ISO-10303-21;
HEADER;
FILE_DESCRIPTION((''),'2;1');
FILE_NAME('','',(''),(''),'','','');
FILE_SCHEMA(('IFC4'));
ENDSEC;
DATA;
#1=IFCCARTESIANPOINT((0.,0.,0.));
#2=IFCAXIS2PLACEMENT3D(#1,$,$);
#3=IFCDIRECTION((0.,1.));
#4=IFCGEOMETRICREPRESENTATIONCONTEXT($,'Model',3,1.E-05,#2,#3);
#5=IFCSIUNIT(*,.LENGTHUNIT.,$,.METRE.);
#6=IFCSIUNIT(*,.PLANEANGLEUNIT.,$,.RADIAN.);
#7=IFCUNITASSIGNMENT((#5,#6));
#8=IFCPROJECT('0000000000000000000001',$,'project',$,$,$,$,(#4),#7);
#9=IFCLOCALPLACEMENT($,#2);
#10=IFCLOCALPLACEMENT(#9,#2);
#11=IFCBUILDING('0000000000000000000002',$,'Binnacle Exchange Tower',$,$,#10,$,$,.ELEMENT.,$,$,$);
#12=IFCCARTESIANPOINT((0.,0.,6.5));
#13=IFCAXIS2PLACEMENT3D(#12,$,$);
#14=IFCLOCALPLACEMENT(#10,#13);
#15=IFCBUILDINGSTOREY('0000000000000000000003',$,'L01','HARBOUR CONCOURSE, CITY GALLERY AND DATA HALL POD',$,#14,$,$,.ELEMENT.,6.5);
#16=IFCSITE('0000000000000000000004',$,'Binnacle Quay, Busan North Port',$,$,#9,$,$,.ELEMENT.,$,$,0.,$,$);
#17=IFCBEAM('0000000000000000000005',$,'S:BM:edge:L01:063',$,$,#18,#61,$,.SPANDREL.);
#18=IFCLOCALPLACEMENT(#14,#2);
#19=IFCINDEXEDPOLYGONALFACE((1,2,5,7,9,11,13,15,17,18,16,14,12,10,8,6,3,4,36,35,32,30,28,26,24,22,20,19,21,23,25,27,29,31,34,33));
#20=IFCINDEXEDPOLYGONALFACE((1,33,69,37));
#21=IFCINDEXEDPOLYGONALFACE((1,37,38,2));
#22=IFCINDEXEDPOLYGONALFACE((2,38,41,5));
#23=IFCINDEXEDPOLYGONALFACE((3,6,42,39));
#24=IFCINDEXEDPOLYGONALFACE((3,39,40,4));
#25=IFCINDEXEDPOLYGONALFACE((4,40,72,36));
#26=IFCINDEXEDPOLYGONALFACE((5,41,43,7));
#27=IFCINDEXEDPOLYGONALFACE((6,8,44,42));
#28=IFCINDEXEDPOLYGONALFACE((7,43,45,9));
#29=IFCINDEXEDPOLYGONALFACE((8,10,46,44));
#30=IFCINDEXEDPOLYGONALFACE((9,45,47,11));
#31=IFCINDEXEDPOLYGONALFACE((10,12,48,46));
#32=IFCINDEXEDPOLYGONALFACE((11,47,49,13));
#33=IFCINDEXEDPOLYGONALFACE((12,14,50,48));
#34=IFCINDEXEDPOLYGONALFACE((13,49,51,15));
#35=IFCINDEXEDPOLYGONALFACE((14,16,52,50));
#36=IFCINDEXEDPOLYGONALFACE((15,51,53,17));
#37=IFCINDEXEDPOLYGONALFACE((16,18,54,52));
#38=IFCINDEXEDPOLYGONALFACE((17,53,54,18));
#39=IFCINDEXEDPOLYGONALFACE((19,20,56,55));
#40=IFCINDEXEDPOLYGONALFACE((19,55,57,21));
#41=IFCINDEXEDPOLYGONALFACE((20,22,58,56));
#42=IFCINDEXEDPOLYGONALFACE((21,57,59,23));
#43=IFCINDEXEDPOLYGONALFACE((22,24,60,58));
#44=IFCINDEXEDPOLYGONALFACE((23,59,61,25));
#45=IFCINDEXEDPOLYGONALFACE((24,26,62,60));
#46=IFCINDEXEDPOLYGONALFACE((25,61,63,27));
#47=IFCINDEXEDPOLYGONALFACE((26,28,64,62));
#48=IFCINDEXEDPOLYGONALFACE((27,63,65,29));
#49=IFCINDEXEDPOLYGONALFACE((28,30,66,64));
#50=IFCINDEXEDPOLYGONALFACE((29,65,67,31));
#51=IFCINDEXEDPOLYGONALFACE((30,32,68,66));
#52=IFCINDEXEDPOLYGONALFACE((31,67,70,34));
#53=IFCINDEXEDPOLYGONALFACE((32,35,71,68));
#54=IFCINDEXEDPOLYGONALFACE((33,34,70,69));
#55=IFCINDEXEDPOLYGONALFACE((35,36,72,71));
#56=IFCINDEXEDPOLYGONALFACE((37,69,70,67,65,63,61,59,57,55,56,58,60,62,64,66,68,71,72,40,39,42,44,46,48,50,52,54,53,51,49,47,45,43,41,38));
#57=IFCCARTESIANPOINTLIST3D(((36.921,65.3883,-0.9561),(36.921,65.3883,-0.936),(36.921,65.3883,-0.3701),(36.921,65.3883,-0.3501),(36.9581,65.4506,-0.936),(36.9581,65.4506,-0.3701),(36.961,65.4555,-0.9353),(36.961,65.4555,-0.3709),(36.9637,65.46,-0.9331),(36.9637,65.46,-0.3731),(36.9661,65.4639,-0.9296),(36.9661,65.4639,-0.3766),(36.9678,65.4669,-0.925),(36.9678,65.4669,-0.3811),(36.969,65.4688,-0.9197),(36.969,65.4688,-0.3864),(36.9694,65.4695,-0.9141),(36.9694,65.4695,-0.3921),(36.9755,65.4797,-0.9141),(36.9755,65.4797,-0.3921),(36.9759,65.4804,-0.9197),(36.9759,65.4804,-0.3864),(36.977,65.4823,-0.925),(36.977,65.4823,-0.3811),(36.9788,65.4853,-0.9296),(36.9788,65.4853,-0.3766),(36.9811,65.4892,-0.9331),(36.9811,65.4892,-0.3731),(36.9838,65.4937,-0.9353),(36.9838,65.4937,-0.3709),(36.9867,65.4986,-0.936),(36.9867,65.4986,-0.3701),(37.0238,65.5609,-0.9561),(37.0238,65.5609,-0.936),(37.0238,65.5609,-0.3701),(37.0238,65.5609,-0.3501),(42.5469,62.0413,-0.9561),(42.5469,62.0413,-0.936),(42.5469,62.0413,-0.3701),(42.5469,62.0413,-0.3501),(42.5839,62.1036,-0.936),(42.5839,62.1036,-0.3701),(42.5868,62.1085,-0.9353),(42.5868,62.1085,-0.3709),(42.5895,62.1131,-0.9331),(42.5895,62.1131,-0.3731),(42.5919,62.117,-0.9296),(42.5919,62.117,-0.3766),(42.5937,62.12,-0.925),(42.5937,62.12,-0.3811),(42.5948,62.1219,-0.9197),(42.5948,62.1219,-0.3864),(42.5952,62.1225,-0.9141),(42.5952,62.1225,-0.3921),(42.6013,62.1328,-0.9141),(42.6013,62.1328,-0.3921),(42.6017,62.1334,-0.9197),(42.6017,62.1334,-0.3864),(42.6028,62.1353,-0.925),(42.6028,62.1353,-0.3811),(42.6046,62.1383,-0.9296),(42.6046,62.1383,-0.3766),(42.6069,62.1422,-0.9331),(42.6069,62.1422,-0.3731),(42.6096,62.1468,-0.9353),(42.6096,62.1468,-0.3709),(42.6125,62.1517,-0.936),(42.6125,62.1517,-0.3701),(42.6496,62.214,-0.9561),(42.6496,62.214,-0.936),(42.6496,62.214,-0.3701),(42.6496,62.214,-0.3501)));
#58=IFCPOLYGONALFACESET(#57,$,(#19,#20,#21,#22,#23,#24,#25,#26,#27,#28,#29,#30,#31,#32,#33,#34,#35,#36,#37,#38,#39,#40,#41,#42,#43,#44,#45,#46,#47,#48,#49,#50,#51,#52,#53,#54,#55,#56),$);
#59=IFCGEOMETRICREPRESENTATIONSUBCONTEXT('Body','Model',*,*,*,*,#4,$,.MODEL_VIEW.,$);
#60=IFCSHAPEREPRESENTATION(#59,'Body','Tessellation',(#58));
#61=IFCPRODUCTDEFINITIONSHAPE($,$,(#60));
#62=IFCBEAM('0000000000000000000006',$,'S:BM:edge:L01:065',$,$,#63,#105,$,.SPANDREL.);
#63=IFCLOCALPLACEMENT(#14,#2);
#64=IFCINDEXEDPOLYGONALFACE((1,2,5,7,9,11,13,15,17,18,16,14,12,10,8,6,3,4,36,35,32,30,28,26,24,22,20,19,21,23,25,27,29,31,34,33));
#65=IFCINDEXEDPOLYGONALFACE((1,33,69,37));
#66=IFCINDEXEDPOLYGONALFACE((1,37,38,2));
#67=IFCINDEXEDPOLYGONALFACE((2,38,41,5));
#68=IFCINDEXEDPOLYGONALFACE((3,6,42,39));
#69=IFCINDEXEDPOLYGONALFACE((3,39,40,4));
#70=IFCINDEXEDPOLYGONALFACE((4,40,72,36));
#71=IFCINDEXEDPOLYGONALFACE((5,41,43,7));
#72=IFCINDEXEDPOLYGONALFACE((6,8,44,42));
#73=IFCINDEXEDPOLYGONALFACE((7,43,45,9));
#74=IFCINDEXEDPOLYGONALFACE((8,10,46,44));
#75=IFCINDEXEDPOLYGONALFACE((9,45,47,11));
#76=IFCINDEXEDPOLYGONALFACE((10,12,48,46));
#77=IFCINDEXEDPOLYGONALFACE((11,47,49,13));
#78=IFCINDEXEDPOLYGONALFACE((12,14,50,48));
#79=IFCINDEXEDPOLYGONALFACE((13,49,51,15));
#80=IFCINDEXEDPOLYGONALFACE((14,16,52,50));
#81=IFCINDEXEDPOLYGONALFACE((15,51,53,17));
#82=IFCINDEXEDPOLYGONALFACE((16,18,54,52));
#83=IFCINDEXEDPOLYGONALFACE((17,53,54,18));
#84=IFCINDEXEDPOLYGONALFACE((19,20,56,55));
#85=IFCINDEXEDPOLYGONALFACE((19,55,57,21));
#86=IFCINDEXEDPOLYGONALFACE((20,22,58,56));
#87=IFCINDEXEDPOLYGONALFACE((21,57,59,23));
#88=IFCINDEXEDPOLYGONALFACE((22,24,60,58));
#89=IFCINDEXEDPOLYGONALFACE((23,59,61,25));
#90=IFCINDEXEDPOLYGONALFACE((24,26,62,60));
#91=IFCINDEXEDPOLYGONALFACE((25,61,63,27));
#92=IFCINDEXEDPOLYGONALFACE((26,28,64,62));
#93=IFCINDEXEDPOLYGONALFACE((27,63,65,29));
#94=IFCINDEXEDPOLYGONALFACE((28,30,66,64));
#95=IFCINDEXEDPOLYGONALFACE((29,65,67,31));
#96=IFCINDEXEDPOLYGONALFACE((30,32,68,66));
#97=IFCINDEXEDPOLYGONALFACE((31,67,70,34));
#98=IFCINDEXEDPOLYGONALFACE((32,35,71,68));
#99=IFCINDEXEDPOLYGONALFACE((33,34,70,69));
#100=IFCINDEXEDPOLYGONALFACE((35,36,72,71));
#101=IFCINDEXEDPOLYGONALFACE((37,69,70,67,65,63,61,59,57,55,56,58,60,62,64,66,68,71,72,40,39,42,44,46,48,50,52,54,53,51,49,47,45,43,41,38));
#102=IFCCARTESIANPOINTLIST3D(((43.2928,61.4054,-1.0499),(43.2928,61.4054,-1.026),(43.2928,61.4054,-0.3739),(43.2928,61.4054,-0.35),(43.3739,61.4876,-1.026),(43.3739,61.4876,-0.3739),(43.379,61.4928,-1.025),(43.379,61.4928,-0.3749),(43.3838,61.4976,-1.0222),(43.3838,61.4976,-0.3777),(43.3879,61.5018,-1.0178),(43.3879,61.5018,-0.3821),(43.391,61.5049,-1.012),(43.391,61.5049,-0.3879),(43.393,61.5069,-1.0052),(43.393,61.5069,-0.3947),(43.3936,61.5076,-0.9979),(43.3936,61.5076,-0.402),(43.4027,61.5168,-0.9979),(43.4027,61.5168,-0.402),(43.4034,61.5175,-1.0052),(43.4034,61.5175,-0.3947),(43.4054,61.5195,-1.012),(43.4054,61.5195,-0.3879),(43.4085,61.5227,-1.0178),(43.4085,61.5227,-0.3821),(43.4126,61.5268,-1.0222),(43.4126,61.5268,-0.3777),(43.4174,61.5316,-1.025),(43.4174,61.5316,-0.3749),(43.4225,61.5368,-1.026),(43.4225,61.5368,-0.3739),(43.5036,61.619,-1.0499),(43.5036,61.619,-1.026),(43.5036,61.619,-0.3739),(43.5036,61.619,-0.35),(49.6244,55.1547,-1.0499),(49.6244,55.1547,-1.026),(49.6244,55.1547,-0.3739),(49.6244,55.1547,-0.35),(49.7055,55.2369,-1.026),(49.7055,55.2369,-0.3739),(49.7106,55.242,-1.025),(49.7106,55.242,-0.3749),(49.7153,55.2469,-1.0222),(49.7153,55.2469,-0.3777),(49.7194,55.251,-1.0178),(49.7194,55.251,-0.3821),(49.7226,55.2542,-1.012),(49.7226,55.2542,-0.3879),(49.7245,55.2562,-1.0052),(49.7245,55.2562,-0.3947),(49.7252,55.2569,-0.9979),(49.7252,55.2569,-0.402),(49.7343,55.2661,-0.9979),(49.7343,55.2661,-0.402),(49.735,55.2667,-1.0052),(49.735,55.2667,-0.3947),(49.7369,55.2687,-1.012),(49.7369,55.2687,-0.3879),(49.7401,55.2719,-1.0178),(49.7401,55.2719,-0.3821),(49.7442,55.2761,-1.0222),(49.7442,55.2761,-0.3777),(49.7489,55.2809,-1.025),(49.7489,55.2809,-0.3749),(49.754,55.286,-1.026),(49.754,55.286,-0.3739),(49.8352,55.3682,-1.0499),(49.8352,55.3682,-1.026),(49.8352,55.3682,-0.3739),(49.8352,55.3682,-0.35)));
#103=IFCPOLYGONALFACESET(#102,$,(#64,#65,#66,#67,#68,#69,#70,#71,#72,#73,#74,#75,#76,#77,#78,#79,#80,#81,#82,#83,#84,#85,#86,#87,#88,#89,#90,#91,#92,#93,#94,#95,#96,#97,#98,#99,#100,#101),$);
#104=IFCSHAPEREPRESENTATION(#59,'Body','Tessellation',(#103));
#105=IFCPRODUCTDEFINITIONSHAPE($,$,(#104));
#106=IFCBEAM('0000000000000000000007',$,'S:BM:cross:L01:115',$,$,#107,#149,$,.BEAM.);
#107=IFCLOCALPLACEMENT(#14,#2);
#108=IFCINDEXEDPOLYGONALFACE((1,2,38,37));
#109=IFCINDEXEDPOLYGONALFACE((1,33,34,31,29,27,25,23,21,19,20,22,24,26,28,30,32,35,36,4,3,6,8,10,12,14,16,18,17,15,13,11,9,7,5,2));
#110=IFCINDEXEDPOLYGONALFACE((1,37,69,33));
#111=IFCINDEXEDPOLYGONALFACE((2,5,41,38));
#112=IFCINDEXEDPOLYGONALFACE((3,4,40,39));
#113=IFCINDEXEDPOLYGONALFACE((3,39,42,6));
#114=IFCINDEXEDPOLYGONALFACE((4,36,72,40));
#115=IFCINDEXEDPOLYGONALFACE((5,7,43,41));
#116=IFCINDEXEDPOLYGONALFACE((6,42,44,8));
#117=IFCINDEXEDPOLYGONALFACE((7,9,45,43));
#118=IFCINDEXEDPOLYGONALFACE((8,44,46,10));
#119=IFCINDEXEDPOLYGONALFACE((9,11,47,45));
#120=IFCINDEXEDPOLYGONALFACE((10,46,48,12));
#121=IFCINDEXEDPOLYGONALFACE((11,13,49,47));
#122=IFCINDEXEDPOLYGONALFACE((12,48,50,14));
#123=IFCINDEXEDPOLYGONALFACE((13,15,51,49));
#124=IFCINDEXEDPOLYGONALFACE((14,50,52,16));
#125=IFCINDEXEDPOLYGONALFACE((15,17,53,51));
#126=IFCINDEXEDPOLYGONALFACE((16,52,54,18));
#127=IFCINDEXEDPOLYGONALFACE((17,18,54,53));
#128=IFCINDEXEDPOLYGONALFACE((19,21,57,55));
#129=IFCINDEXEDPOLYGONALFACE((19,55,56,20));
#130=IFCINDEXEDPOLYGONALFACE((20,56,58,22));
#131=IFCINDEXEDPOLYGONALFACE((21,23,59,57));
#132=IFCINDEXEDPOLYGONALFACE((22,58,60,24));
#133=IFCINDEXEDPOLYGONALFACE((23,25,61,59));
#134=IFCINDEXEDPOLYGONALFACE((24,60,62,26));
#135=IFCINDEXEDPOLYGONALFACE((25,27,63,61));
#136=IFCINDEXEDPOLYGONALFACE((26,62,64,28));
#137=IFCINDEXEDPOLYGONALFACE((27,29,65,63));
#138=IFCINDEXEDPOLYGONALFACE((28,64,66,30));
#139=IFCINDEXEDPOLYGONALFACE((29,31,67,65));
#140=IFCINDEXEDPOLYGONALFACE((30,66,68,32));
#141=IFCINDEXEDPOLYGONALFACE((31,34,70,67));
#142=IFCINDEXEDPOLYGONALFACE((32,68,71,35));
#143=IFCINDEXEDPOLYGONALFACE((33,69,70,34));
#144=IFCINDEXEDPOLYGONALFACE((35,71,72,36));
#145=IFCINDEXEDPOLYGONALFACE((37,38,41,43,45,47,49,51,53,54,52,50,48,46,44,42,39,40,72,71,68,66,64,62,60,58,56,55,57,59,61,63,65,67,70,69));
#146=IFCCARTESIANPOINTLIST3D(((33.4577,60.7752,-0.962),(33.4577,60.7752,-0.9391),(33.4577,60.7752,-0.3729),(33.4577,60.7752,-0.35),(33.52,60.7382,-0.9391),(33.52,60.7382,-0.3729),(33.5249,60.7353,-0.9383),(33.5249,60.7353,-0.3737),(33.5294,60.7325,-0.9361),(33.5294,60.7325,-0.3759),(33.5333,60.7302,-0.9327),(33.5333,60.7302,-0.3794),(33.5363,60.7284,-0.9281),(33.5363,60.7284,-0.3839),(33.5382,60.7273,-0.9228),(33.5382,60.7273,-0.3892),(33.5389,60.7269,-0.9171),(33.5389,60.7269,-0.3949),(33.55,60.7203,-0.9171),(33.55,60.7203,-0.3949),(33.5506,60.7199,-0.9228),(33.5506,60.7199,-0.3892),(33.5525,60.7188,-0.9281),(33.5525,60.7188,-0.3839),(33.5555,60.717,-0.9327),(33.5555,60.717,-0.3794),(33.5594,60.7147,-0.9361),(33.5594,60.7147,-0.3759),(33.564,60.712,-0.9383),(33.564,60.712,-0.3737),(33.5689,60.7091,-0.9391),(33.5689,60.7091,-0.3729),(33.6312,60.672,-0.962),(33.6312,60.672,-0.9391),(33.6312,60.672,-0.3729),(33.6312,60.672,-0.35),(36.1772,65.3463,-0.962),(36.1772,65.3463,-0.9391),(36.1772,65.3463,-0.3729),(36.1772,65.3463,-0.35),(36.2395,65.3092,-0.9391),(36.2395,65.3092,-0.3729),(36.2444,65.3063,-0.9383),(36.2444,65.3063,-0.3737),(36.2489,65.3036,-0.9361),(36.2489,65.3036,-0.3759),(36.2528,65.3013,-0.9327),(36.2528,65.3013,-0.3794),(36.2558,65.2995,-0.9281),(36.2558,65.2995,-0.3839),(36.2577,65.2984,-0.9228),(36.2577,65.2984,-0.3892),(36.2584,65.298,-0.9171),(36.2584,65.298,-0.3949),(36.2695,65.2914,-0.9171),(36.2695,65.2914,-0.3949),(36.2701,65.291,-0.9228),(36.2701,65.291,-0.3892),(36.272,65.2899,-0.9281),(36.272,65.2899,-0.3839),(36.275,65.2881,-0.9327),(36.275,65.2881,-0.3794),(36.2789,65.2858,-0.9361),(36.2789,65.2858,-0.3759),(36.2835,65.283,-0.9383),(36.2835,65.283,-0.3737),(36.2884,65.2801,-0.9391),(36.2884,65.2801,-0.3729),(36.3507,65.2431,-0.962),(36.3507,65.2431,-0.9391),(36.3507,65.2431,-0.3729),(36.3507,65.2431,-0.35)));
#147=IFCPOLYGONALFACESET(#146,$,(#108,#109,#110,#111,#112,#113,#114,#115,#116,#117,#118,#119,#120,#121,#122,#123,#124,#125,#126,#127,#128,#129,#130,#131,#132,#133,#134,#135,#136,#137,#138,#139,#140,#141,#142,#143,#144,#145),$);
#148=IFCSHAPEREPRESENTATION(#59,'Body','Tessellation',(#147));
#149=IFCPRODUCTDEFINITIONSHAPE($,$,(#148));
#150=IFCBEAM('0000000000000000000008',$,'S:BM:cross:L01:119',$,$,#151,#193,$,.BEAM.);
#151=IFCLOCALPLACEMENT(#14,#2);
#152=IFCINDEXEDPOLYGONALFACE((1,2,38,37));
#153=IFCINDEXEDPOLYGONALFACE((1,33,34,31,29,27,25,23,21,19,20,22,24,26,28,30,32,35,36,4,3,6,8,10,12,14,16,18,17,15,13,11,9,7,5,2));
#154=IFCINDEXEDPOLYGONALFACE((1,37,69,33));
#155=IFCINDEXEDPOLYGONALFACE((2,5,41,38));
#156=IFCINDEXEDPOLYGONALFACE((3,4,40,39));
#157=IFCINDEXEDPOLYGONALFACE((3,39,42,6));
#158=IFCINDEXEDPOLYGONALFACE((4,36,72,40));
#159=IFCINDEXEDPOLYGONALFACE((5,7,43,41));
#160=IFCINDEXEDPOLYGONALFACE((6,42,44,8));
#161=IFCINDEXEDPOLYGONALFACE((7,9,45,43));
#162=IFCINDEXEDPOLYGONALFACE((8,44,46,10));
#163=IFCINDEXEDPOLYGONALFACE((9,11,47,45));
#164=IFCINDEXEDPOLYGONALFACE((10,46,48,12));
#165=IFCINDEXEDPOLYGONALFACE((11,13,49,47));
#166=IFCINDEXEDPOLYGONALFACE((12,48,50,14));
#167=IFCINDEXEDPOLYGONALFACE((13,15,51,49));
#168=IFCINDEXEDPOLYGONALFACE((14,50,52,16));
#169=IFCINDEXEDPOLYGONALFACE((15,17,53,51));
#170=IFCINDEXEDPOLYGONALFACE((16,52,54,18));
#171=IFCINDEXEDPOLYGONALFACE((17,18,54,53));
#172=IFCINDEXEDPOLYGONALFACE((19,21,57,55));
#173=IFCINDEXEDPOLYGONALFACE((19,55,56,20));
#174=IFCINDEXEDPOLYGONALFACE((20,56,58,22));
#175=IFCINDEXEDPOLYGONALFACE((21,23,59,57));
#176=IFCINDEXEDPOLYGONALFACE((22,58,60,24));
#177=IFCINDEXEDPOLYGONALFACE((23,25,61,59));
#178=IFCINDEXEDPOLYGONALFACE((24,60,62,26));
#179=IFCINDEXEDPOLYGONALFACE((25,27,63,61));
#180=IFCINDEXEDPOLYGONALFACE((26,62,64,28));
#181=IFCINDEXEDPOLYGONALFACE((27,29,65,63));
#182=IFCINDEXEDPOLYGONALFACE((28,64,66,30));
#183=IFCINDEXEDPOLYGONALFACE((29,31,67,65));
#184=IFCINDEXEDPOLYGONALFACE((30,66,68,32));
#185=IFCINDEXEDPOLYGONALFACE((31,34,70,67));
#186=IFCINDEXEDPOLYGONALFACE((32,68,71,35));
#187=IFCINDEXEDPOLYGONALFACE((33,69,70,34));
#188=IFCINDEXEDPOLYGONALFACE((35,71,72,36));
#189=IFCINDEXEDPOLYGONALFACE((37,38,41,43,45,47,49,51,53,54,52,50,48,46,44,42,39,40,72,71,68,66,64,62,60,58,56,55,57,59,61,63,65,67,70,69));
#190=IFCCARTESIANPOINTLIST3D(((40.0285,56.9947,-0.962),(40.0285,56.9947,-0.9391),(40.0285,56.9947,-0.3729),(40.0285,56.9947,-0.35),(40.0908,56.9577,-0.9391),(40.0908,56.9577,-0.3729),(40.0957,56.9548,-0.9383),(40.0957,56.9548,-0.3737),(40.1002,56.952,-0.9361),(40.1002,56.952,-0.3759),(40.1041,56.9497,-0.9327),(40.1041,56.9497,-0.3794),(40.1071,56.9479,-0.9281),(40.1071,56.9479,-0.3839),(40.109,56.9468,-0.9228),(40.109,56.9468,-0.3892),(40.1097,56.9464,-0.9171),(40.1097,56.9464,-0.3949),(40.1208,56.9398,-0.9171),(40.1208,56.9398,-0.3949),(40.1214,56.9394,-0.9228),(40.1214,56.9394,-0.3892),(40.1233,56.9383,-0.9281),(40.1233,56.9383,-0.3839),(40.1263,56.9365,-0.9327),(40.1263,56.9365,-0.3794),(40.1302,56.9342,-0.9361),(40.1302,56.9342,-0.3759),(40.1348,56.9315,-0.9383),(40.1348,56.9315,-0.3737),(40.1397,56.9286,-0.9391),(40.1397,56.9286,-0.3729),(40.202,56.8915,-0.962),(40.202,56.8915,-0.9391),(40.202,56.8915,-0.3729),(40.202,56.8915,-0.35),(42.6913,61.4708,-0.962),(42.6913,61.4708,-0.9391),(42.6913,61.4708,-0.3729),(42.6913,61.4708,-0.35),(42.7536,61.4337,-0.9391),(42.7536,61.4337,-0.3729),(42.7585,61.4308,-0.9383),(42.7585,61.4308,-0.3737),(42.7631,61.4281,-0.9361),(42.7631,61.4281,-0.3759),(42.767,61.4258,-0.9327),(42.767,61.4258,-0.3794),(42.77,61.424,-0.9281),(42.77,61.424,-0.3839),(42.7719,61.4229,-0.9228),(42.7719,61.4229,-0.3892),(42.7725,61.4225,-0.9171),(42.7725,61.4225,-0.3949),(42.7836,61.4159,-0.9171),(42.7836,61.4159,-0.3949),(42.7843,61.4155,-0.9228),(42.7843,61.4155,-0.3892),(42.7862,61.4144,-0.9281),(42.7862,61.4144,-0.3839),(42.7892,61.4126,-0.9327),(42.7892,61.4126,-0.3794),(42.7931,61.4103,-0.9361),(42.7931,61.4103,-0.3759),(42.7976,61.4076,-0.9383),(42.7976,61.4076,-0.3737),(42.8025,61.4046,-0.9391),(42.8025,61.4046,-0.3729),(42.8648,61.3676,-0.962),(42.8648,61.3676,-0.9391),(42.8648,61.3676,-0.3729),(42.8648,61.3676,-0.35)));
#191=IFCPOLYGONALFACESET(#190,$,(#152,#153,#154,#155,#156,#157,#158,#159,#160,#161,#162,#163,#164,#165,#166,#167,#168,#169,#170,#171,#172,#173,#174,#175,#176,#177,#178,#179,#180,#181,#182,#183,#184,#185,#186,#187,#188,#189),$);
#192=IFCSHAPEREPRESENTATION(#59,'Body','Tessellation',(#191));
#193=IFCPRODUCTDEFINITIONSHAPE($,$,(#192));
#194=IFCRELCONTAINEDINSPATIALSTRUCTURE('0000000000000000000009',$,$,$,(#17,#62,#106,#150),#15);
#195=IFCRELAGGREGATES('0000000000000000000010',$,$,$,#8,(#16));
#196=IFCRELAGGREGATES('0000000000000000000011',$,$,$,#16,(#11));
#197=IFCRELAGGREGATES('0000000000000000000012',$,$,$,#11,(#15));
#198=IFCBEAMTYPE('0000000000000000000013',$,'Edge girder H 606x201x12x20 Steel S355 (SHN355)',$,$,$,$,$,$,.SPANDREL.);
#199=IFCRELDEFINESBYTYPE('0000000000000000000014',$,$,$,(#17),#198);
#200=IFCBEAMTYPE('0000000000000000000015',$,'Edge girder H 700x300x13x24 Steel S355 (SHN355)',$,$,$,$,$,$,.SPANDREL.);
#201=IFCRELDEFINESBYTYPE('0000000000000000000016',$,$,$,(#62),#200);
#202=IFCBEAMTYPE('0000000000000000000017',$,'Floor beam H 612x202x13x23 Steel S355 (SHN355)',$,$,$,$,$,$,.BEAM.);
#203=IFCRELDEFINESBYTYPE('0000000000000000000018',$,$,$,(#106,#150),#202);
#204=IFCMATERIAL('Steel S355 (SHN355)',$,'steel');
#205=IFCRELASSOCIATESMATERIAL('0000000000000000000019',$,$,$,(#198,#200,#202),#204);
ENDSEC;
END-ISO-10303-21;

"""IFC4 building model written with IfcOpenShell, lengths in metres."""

from ifc_helpers import new_model, si_unit, direction, frame, origin, origin_2d, place, context, subcontext, project, spatial, i_section, extrude, material, material_profile, profile_set, type_object, element, save


model = new_model("IFC4")

# Units and contexts
model_context = context("Model", 3, precision=1e-05, world=origin(), true_north=direction((0.0, 1.0)))
body_context = subcontext(model_context, "Body", "Model", "MODEL_VIEW")
ifc_project = project(units=[si_unit("LENGTHUNIT", "METRE"), si_unit("PLANEANGLEUNIT", "RADIAN")], contexts=[model_context])

# Site, building, storey
site_placement = place(None, origin())
site = spatial("IfcSite", under=ifc_project, at=site_placement, Name="Binnacle Quay, Busan North Port", CompositionType="ELEMENT", RefElevation=0.0)
building_placement = place(site_placement, origin())
building = spatial("IfcBuilding", under=site, at=building_placement, Name="Binnacle Exchange Tower", CompositionType="ELEMENT")
storey_placement = place(building_placement, frame((0.0, 0.0, 6.5)))
storey = spatial("IfcBuildingStorey", under=building, at=storey_placement, Name="L01", Description="HARBOUR CONCOURSE, CITY GALLERY AND DATA HALL POD", CompositionType="ELEMENT", Elevation=6.5)

# Beams
ifc_material_1 = material(Name="Steel S355 (SHN355)", Category="steel")
ifc_material_profile_1 = material_profile(ifc_material_1, i_section(OverallWidth=0.2009, OverallDepth=0.606, WebThickness=0.012, FlangeThickness=0.02, FilletRadius=0.022, at=origin_2d()), Name="H 606x201x12x20")
ifc_profile_set_1 = profile_set([ifc_material_profile_1], Name="Steel S355 (SHN355)")
beam_type_1 = type_object("IfcBeamType", Name="Edge girder H 606x201x12x20 Steel S355 (SHN355)", PredefinedType="SPANDREL", material=ifc_profile_set_1)
beam_1_placement = place(storey_placement, frame((36.9724, 65.4746, -0.6531), z_axis=(0.859409, -0.511289, 0.0), x_axis=(0.511289, 0.859409, 0.0)))
element("IfcBeam", 1, at=beam_1_placement, inside=storey, type_object=beam_type_1, Name="S:BM:edge:L01:063", PredefinedType="SPANDREL", context=body_context, shape_type="SweptSolid", body=[
    extrude(i_section(OverallWidth=0.2009, OverallDepth=0.606, WebThickness=0.012, FlangeThickness=0.02, FilletRadius=0.022, at=origin_2d()), origin(), (0.0, 0.0, 1.0), 6.5461),
])
ifc_material_profile_2 = material_profile(ifc_material_1, i_section(OverallWidth=0.3, OverallDepth=0.7, WebThickness=0.0129, FlangeThickness=0.0239, FilletRadius=0.0281, at=origin_2d()), Name="H 700x300x13x24")
ifc_profile_set_2 = profile_set([ifc_material_profile_2], Name="Steel S355 (SHN355)")
beam_type_2 = type_object("IfcBeamType", Name="Edge girder H 700x300x13x24 Steel S355 (SHN355)", PredefinedType="SPANDREL", material=ifc_profile_set_2)
beam_2_placement = place(storey_placement, frame((43.3982, 61.5122, -0.7), z_axis=(0.711634, -0.702551, 0.0), x_axis=(0.702551, 0.711634, 0.0)))
element("IfcBeam", 2, at=beam_2_placement, inside=storey, type_object=beam_type_2, Name="S:BM:edge:L01:065", PredefinedType="SPANDREL", context=body_context, shape_type="SweptSolid", body=[
    extrude(i_section(OverallWidth=0.3, OverallDepth=0.7, WebThickness=0.0129, FlangeThickness=0.0239, FilletRadius=0.0281, at=origin_2d()), origin(), (0.0, 0.0, 1.0), 8.8972),
])
ifc_material_profile_3 = material_profile(ifc_material_1, i_section(OverallWidth=0.2019, OverallDepth=0.6121, WebThickness=0.0129, FlangeThickness=0.0229, FilletRadius=0.022, at=origin_2d()), Name="H 612x202x13x23")
ifc_profile_set_3 = profile_set([ifc_material_profile_3], Name="Steel S355 (SHN355)")
beam_type_3 = type_object("IfcBeamType", Name="Floor beam H 612x202x13x23 Steel S355 (SHN355)", PredefinedType="BEAM", material=ifc_profile_set_3)
beam_3_placement = place(storey_placement, frame((36.2639, 65.2947, -0.656), z_axis=(-0.511293, -0.859407, 0.0), x_axis=(0.859407, -0.511293, 0.0)))
element("IfcBeam", 3, at=beam_3_placement, inside=storey, type_object=beam_type_3, Name="S:BM:cross:L01:115", PredefinedType="BEAM", context=body_context, shape_type="SweptSolid", body=[
    extrude(i_section(OverallWidth=0.2019, OverallDepth=0.6121, WebThickness=0.0129, FlangeThickness=0.0229, FilletRadius=0.022, at=origin_2d()), origin(), (0.0, 0.0, 1.0), 5.3188),
])
beam_4_placement = place(storey_placement, frame((42.7781, 61.4192, -0.656), z_axis=(-0.511273, -0.859418, 0.0), x_axis=(0.859418, -0.511273, 0.0)))
element("IfcBeam", 4, at=beam_4_placement, inside=storey, type_object=beam_type_3, Name="S:BM:cross:L01:119", PredefinedType="BEAM", context=body_context, shape_type="SweptSolid", body=[
    extrude(i_section(OverallWidth=0.2019, OverallDepth=0.6121, WebThickness=0.0129, FlangeThickness=0.0229, FilletRadius=0.022, at=origin_2d()), origin(), (0.0, 0.0, 1.0), 5.2083),
])

save(model, "model.ifc")
